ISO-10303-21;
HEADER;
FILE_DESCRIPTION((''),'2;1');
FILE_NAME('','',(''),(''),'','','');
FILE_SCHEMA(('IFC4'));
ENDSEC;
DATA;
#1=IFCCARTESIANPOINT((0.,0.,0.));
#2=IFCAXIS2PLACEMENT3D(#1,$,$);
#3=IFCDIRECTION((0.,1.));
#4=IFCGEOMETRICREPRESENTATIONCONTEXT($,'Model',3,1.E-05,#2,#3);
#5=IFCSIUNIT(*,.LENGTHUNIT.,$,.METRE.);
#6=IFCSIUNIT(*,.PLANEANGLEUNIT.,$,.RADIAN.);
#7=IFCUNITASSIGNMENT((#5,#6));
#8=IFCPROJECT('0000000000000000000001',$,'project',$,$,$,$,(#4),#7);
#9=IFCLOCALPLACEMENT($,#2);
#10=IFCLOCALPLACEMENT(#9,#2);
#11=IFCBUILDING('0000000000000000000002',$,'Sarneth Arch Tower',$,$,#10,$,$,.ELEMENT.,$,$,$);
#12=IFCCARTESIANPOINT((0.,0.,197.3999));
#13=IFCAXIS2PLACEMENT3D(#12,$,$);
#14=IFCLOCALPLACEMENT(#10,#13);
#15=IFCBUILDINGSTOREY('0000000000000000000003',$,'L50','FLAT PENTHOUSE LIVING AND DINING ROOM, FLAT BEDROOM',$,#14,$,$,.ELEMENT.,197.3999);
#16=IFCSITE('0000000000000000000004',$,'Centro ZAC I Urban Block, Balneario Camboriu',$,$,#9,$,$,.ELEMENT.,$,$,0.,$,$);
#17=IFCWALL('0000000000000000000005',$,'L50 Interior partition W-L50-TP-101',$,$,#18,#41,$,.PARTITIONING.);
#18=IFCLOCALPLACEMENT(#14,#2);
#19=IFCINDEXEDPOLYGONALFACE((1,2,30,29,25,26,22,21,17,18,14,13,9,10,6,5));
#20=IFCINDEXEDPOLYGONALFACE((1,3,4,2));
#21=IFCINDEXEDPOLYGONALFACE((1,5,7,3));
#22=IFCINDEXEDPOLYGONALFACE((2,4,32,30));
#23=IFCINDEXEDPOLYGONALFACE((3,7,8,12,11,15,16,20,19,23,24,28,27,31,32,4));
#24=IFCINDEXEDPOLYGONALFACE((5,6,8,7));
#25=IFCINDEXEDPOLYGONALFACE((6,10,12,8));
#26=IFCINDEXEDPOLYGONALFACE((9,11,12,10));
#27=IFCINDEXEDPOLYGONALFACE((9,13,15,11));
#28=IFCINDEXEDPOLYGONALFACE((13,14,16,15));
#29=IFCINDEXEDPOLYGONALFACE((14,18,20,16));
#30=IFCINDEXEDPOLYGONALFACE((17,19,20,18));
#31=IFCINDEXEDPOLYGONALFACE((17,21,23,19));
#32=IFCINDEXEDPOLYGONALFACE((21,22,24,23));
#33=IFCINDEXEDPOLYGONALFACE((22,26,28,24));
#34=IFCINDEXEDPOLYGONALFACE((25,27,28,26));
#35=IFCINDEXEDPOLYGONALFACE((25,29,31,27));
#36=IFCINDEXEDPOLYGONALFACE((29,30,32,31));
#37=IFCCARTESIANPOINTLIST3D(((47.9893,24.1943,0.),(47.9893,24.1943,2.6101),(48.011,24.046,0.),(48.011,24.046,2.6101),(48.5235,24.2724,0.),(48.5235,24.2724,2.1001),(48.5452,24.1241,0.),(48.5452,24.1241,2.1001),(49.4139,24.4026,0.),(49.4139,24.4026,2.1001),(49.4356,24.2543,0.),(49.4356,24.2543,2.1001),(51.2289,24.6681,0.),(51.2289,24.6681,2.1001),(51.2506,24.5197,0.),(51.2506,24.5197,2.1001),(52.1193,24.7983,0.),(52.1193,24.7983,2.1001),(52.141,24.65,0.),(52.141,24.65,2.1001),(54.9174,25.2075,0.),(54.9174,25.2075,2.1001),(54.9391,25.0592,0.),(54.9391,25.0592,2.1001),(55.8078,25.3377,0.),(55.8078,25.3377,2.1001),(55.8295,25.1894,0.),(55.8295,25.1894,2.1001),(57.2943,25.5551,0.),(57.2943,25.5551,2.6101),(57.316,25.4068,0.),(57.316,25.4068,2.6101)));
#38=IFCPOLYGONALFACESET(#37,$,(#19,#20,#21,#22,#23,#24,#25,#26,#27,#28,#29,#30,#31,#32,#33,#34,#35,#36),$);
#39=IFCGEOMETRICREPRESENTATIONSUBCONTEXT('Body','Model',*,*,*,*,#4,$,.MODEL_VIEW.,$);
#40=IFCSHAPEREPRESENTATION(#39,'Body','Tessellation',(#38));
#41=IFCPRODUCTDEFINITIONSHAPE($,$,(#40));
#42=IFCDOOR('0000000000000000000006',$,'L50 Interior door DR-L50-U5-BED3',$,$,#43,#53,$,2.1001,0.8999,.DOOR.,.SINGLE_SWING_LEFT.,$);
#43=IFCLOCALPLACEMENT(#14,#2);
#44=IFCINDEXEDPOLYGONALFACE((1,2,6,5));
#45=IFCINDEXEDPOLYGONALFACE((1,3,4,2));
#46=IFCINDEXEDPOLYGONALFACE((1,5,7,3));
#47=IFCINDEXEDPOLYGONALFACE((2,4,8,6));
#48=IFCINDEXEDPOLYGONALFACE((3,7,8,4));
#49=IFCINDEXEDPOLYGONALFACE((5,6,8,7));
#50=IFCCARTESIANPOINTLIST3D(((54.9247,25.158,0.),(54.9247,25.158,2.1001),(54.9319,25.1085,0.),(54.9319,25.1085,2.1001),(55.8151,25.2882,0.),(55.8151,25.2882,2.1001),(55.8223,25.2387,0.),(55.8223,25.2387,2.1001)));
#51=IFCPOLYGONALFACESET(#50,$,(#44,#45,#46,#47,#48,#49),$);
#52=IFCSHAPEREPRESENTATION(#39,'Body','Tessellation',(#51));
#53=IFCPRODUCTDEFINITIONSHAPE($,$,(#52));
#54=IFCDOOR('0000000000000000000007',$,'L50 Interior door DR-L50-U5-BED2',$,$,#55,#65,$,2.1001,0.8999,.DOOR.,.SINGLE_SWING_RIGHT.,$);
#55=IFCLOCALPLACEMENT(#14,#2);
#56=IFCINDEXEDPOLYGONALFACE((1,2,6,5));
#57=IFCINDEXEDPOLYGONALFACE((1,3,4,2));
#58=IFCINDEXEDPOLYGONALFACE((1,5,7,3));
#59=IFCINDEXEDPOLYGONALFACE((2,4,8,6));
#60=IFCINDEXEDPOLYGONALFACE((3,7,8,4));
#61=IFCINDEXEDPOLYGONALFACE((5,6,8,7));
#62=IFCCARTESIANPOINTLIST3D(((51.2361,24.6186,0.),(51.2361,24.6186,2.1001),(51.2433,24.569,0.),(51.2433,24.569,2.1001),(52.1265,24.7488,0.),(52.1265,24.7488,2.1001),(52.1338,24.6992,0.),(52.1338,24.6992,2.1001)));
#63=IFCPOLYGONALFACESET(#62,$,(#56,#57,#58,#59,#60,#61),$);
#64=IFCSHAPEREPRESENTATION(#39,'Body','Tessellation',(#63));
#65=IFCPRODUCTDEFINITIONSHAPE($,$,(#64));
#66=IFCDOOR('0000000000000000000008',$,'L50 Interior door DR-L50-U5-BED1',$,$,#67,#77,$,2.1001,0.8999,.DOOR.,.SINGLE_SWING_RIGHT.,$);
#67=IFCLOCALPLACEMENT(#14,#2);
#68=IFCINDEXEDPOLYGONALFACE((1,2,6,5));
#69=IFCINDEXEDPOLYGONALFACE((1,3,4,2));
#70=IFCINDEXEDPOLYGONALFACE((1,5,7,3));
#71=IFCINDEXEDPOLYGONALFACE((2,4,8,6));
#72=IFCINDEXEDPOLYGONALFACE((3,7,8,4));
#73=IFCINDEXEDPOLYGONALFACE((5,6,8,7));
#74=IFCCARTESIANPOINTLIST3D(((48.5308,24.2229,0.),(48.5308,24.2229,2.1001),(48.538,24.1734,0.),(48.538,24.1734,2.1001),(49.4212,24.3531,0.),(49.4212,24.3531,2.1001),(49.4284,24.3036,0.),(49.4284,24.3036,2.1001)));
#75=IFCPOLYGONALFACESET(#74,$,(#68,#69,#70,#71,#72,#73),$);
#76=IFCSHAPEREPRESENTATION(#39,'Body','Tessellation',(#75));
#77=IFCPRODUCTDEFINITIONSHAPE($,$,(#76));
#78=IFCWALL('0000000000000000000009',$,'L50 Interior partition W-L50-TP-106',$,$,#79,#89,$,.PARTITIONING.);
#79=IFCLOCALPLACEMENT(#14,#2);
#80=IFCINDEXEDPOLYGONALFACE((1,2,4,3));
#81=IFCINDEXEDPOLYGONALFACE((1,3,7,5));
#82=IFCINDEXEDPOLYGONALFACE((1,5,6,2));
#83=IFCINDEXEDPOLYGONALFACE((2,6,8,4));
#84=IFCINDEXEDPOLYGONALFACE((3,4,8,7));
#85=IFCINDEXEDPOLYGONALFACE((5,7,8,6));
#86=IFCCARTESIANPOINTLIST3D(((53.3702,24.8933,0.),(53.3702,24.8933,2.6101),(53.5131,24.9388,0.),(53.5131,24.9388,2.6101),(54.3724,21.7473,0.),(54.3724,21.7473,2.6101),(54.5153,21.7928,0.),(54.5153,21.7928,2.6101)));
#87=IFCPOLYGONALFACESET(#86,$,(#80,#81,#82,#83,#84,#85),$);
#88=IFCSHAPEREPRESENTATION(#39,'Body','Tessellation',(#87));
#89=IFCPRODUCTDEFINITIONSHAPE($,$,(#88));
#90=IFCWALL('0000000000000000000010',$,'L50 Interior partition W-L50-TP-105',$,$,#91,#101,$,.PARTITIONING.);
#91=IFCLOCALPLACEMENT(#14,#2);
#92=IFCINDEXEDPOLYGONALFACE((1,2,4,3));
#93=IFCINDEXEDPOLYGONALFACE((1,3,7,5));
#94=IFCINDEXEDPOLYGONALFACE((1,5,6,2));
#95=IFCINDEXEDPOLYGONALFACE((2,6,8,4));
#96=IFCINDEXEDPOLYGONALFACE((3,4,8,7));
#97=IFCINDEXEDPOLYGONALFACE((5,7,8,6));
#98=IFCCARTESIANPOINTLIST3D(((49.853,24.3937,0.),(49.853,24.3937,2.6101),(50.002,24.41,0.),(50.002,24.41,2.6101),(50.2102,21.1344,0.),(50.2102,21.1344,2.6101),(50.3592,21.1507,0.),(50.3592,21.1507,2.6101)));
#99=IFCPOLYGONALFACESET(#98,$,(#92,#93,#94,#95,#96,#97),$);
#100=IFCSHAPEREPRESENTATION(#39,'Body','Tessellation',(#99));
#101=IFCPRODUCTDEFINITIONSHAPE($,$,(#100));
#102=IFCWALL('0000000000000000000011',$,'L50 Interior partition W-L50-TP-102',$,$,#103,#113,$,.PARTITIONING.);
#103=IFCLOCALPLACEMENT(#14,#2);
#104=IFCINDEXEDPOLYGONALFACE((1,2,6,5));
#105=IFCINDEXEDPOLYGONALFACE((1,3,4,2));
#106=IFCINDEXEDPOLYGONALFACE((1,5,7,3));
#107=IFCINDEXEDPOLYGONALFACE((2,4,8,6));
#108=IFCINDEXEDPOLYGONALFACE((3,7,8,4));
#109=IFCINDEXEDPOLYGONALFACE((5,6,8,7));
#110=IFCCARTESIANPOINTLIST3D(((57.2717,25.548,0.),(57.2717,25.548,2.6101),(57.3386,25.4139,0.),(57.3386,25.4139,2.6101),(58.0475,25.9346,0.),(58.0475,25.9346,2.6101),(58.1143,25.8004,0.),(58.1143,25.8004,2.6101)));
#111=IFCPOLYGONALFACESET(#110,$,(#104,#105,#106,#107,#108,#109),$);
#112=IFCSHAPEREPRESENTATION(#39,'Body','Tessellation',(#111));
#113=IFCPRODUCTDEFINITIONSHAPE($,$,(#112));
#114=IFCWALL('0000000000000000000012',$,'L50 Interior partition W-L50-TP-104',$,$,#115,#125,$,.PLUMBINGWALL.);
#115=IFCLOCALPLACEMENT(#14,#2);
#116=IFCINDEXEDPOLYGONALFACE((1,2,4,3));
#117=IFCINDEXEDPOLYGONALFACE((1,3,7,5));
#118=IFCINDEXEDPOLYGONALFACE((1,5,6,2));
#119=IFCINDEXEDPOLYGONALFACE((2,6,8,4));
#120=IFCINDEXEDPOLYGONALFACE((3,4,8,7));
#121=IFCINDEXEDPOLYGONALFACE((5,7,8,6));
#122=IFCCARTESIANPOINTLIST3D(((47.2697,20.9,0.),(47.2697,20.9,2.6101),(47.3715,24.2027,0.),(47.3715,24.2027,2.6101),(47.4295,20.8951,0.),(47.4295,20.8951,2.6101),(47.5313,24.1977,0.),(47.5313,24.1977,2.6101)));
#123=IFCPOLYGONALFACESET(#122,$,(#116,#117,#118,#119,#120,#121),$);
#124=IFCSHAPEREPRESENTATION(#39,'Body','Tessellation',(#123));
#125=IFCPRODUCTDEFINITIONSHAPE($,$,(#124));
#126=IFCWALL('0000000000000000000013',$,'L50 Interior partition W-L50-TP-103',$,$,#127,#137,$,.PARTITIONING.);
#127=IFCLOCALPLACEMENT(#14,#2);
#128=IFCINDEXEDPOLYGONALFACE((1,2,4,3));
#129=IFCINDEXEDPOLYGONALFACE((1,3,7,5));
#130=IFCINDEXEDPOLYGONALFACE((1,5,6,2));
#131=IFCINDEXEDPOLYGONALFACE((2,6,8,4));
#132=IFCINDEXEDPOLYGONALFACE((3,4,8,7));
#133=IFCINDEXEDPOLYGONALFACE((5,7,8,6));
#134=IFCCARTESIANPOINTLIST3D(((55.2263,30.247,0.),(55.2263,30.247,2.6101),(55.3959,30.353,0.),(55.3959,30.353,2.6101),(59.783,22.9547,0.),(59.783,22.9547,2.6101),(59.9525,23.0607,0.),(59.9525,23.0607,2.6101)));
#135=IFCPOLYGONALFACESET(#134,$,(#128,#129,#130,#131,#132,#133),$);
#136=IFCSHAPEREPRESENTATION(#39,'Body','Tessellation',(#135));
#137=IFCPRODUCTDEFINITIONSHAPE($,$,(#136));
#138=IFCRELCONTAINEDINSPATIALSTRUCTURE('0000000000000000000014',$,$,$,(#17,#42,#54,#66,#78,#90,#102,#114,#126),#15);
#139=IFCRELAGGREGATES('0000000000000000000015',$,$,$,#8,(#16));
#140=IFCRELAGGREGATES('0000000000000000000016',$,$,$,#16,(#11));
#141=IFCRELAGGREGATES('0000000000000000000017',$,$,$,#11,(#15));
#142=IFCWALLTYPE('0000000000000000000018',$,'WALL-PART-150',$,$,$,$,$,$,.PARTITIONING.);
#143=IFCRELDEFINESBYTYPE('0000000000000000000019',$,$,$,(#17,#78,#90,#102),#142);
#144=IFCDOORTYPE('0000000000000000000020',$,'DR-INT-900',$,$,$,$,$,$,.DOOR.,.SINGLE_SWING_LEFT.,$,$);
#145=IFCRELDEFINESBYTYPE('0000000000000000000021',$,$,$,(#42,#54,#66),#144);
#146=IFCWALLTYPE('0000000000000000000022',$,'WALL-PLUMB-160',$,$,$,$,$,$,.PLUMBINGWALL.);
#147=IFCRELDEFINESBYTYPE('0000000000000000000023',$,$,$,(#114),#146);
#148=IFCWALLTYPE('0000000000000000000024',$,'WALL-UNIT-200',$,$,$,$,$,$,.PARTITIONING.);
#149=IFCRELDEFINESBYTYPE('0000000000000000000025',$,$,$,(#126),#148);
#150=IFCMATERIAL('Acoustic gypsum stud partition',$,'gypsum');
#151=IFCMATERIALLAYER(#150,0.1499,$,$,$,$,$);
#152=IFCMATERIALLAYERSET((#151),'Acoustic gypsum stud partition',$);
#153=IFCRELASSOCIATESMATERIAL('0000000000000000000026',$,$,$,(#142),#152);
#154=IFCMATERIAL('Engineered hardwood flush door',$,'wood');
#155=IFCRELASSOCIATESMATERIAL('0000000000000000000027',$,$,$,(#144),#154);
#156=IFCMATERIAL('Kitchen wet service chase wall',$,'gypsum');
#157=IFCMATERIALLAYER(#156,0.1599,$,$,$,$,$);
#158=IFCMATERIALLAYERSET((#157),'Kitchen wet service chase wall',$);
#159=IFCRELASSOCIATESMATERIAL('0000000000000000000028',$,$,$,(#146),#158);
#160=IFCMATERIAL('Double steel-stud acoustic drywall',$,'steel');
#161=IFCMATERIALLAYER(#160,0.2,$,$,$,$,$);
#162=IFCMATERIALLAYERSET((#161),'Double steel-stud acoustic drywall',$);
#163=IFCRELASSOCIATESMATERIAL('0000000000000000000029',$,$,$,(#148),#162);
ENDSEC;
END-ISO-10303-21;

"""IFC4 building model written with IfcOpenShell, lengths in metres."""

from ifc_helpers import new_model, si_unit, direction, frame, frame_2d, origin, place, context, subcontext, project, spatial, rectangle, extrude, material, layer, layer_set, type_object, element, fill, save


model = new_model("IFC4")

# Units and contexts
model_context = context("Model", 3, precision=1e-05, world=origin(), true_north=direction((0.0, 1.0)))
body_context = subcontext(model_context, "Body", "Model", "MODEL_VIEW")
ifc_project = project(units=[si_unit("LENGTHUNIT", "METRE"), si_unit("PLANEANGLEUNIT", "RADIAN")], contexts=[model_context])

# Site, building, storey
site_placement = place(None, origin())
site = spatial("IfcSite", under=ifc_project, at=site_placement, Name="Centro ZAC I Urban Block, Balneario Camboriu", CompositionType="ELEMENT", RefElevation=0.0)
building_placement = place(site_placement, origin())
building = spatial("IfcBuilding", under=site, at=building_placement, Name="Sarneth Arch Tower", CompositionType="ELEMENT")
storey_placement = place(building_placement, frame((0.0, 0.0, 197.3999)))
storey = spatial("IfcBuildingStorey", under=building, at=storey_placement, Name="L50", Description="FLAT PENTHOUSE LIVING AND DINING ROOM, FLAT BEDROOM", CompositionType="ELEMENT", Elevation=197.3999)

# Wall, openings, doors
ifc_material_1 = material(Name="Acoustic gypsum stud partition", Category="gypsum")
ifc_layer_1 = layer(ifc_material_1, 0.1499)
ifc_layer_set_1 = layer_set([ifc_layer_1], Name="Acoustic gypsum stud partition")
wall_type_1 = type_object("IfcWallType", Name="WALL-PART-150", PredefinedType="PARTITIONING", material=ifc_layer_set_1)
wall_1_placement = place(storey_placement, frame((48.0, 24.1201, 0.0), z_axis=(0.0, 0.0, 1.0), x_axis=(0.989475, 0.144706, 0.0)))
wall_1 = element("IfcWall", 1, at=wall_1_placement, inside=storey, type_object=wall_type_1, Name="L50 Interior partition W-L50-TP-101", PredefinedType="PARTITIONING", context=body_context, shape_type="SweptSolid", body=[
    extrude(rectangle(XDim=9.4041, YDim=0.1499, at=frame_2d((4.7021, 0.0))), origin(), (0.0, 0.0, 1.0), 2.6101),
])
opening_1_placement = place(wall_1_placement, frame((7.002, 0.0, 0.0)))
opening_1 = element("IfcOpeningElement", 2, at=opening_1_placement, cuts=wall_1, PredefinedType="OPENING", context=body_context, shape_type="SweptSolid", body=[
    extrude(rectangle(XDim=0.8999, YDim=2.1001, at=frame_2d((0.45, 1.05))), frame((0.0, 0.085, 0.0), z_axis=(0.0, -1.0, 0.0), x_axis=(1.0, 0.0, 0.0)), (0.0, 0.0, 1.0), 0.1699),
])
opening_2_placement = place(wall_1_placement, frame((3.2742, 0.0, 0.0)))
opening_2 = element("IfcOpeningElement", 3, at=opening_2_placement, cuts=wall_1, PredefinedType="OPENING", context=body_context, shape_type="SweptSolid", body=[
    extrude(rectangle(XDim=0.8999, YDim=2.1001, at=frame_2d((0.45, 1.05))), frame((0.0, 0.085, 0.0), z_axis=(0.0, -1.0, 0.0), x_axis=(1.0, 0.0, 0.0)), (0.0, 0.0, 1.0), 0.1699),
])
opening_3_placement = place(wall_1_placement, frame((0.54, 0.0, 0.0)))
opening_3 = element("IfcOpeningElement", 4, at=opening_3_placement, cuts=wall_1, PredefinedType="OPENING", context=body_context, shape_type="SweptSolid", body=[
    extrude(rectangle(XDim=0.8999, YDim=2.1001, at=frame_2d((0.45, 1.05))), frame((0.0, 0.085, 0.0), z_axis=(0.0, -1.0, 0.0), x_axis=(1.0, 0.0, 0.0)), (0.0, 0.0, 1.0), 0.1699),
])
ifc_material_2 = material(Name="Engineered hardwood flush door", Category="wood")
door_type_1 = type_object("IfcDoorType", Name="DR-INT-900", OperationType="SINGLE_SWING_LEFT", PredefinedType="DOOR", material=ifc_material_2)
door_1_placement = place(opening_1_placement, origin())
door_1 = element("IfcDoor", 5, at=door_1_placement, inside=storey, type_object=door_type_1, Name="L50 Interior door DR-L50-U5-BED3", OperationType="SINGLE_SWING_LEFT", OverallHeight=2.1001, OverallWidth=0.8999, PredefinedType="DOOR", context=body_context, shape_type="SweptSolid", body=[
    extrude(rectangle(XDim=0.8999, YDim=2.1001, at=frame_2d((0.45, 1.05))), frame((0.0, 0.0249, 0.0), z_axis=(0.0, -1.0, 0.0), x_axis=(1.0, 0.0, 0.0)), (0.0, 0.0, 1.0), 0.05),
])
fill(opening_1, door_1)
door_2_placement = place(opening_2_placement, origin())
door_2 = element("IfcDoor", 6, at=door_2_placement, inside=storey, type_object=door_type_1, Name="L50 Interior door DR-L50-U5-BED2", OperationType="SINGLE_SWING_RIGHT", OverallHeight=2.1001, OverallWidth=0.8999, PredefinedType="DOOR", context=body_context, shape_type="SweptSolid", body=[
    extrude(rectangle(XDim=0.8999, YDim=2.1001, at=frame_2d((0.45, 1.05))), frame((0.0, 0.0249, 0.0), z_axis=(0.0, -1.0, 0.0), x_axis=(1.0, 0.0, 0.0)), (0.0, 0.0, 1.0), 0.05),
])
fill(opening_2, door_2)
door_3_placement = place(opening_3_placement, origin())
door_3 = element("IfcDoor", 7, at=door_3_placement, inside=storey, type_object=door_type_1, Name="L50 Interior door DR-L50-U5-BED1", OperationType="SINGLE_SWING_RIGHT", OverallHeight=2.1001, OverallWidth=0.8999, PredefinedType="DOOR", context=body_context, shape_type="SweptSolid", body=[
    extrude(rectangle(XDim=0.8999, YDim=2.1001, at=frame_2d((0.45, 1.05))), frame((0.0, 0.0249, 0.0), z_axis=(0.0, -1.0, 0.0), x_axis=(1.0, 0.0, 0.0)), (0.0, 0.0, 1.0), 0.05),
])
fill(opening_3, door_3)

# Walls
wall_2_placement = place(storey_placement, frame((53.4417, 24.916, 0.0), z_axis=(0.0, 0.0, 1.0), x_axis=(0.303533, -0.952821, 0.0)))
element("IfcWall", 8, at=wall_2_placement, inside=storey, type_object=wall_type_1, Name="L50 Interior partition W-L50-TP-106", PredefinedType="PARTITIONING", context=body_context, shape_type="SweptSolid", body=[
    extrude(rectangle(XDim=3.3018, YDim=0.1499, at=frame_2d((1.6509, 0.0))), origin(), (0.0, 0.0, 1.0), 2.6101),
])
wall_3_placement = place(storey_placement, frame((50.2847, 21.1426, 0.0), z_axis=(0.0, 0.0, 1.0), x_axis=(-0.108936, 0.994049, 0.0)))
element("IfcWall", 9, at=wall_3_placement, inside=storey, type_object=wall_type_1, Name="L50 Interior partition W-L50-TP-105", PredefinedType="PARTITIONING", context=body_context, shape_type="SweptSolid", body=[
    extrude(rectangle(XDim=3.2788, YDim=0.1499, at=frame_2d((1.6394, 0.0))), origin(), (0.0, 0.0, 1.0), 2.6101),
])
wall_4_placement = place(storey_placement, frame((57.3052, 25.481, 0.0), z_axis=(0.0, 0.0, 1.0), x_axis=(0.895046, 0.445974, 0.0)))
element("IfcWall", 10, at=wall_4_placement, inside=storey, type_object=wall_type_1, Name="L50 Interior partition W-L50-TP-102", PredefinedType="PARTITIONING", context=body_context, shape_type="SweptSolid", body=[
    extrude(rectangle(XDim=0.8667, YDim=0.1499, at=frame_2d((0.4333, 0.0))), origin(), (0.0, 0.0, 1.0), 2.6101),
])
ifc_material_3 = material(Name="Kitchen wet service chase wall", Category="gypsum")
ifc_layer_2 = layer(ifc_material_3, 0.1599)
ifc_layer_set_2 = layer_set([ifc_layer_2], Name="Kitchen wet service chase wall")
wall_type_2 = type_object("IfcWallType", Name="WALL-PLUMB-160", PredefinedType="PLUMBINGWALL", material=ifc_layer_set_2)
wall_5_placement = place(storey_placement, frame((47.4514, 24.2002, 0.0), z_axis=(0.0, 0.0, 1.0), x_axis=(-0.03081, -0.999525, 0.0)))
element("IfcWall", 11, at=wall_5_placement, inside=storey, type_object=wall_type_2, Name="L50 Interior partition W-L50-TP-104", PredefinedType="PLUMBINGWALL", context=body_context, shape_type="SweptSolid", body=[
    extrude(rectangle(XDim=3.3042, YDim=0.1599, at=frame_2d((1.6521, 0.0))), origin(), (0.0, 0.0, 1.0), 2.6101),
])
ifc_material_4 = material(Name="Double steel-stud acoustic drywall", Category="steel")
ifc_layer_3 = layer(ifc_material_4, 0.2)
ifc_layer_set_3 = layer_set([ifc_layer_3], Name="Double steel-stud acoustic drywall")
wall_type_3 = type_object("IfcWallType", Name="WALL-UNIT-200", PredefinedType="PARTITIONING", material=ifc_layer_set_3)
wall_6_placement = place(storey_placement, frame((59.8677, 23.0078, 0.0), z_axis=(0.0, 0.0, 1.0), x_axis=(-0.529915, 0.848051, 0.0)))
element("IfcWall", 12, at=wall_6_placement, inside=storey, type_object=wall_type_3, Name="L50 Interior partition W-L50-TP-103", PredefinedType="PARTITIONING", context=body_context, shape_type="SweptSolid", body=[
    extrude(rectangle(XDim=8.5989, YDim=0.2, at=frame_2d((4.2993, 0.0))), origin(), (0.0, 0.0, 1.0), 2.6101),
])

save(model, "model.ifc")
